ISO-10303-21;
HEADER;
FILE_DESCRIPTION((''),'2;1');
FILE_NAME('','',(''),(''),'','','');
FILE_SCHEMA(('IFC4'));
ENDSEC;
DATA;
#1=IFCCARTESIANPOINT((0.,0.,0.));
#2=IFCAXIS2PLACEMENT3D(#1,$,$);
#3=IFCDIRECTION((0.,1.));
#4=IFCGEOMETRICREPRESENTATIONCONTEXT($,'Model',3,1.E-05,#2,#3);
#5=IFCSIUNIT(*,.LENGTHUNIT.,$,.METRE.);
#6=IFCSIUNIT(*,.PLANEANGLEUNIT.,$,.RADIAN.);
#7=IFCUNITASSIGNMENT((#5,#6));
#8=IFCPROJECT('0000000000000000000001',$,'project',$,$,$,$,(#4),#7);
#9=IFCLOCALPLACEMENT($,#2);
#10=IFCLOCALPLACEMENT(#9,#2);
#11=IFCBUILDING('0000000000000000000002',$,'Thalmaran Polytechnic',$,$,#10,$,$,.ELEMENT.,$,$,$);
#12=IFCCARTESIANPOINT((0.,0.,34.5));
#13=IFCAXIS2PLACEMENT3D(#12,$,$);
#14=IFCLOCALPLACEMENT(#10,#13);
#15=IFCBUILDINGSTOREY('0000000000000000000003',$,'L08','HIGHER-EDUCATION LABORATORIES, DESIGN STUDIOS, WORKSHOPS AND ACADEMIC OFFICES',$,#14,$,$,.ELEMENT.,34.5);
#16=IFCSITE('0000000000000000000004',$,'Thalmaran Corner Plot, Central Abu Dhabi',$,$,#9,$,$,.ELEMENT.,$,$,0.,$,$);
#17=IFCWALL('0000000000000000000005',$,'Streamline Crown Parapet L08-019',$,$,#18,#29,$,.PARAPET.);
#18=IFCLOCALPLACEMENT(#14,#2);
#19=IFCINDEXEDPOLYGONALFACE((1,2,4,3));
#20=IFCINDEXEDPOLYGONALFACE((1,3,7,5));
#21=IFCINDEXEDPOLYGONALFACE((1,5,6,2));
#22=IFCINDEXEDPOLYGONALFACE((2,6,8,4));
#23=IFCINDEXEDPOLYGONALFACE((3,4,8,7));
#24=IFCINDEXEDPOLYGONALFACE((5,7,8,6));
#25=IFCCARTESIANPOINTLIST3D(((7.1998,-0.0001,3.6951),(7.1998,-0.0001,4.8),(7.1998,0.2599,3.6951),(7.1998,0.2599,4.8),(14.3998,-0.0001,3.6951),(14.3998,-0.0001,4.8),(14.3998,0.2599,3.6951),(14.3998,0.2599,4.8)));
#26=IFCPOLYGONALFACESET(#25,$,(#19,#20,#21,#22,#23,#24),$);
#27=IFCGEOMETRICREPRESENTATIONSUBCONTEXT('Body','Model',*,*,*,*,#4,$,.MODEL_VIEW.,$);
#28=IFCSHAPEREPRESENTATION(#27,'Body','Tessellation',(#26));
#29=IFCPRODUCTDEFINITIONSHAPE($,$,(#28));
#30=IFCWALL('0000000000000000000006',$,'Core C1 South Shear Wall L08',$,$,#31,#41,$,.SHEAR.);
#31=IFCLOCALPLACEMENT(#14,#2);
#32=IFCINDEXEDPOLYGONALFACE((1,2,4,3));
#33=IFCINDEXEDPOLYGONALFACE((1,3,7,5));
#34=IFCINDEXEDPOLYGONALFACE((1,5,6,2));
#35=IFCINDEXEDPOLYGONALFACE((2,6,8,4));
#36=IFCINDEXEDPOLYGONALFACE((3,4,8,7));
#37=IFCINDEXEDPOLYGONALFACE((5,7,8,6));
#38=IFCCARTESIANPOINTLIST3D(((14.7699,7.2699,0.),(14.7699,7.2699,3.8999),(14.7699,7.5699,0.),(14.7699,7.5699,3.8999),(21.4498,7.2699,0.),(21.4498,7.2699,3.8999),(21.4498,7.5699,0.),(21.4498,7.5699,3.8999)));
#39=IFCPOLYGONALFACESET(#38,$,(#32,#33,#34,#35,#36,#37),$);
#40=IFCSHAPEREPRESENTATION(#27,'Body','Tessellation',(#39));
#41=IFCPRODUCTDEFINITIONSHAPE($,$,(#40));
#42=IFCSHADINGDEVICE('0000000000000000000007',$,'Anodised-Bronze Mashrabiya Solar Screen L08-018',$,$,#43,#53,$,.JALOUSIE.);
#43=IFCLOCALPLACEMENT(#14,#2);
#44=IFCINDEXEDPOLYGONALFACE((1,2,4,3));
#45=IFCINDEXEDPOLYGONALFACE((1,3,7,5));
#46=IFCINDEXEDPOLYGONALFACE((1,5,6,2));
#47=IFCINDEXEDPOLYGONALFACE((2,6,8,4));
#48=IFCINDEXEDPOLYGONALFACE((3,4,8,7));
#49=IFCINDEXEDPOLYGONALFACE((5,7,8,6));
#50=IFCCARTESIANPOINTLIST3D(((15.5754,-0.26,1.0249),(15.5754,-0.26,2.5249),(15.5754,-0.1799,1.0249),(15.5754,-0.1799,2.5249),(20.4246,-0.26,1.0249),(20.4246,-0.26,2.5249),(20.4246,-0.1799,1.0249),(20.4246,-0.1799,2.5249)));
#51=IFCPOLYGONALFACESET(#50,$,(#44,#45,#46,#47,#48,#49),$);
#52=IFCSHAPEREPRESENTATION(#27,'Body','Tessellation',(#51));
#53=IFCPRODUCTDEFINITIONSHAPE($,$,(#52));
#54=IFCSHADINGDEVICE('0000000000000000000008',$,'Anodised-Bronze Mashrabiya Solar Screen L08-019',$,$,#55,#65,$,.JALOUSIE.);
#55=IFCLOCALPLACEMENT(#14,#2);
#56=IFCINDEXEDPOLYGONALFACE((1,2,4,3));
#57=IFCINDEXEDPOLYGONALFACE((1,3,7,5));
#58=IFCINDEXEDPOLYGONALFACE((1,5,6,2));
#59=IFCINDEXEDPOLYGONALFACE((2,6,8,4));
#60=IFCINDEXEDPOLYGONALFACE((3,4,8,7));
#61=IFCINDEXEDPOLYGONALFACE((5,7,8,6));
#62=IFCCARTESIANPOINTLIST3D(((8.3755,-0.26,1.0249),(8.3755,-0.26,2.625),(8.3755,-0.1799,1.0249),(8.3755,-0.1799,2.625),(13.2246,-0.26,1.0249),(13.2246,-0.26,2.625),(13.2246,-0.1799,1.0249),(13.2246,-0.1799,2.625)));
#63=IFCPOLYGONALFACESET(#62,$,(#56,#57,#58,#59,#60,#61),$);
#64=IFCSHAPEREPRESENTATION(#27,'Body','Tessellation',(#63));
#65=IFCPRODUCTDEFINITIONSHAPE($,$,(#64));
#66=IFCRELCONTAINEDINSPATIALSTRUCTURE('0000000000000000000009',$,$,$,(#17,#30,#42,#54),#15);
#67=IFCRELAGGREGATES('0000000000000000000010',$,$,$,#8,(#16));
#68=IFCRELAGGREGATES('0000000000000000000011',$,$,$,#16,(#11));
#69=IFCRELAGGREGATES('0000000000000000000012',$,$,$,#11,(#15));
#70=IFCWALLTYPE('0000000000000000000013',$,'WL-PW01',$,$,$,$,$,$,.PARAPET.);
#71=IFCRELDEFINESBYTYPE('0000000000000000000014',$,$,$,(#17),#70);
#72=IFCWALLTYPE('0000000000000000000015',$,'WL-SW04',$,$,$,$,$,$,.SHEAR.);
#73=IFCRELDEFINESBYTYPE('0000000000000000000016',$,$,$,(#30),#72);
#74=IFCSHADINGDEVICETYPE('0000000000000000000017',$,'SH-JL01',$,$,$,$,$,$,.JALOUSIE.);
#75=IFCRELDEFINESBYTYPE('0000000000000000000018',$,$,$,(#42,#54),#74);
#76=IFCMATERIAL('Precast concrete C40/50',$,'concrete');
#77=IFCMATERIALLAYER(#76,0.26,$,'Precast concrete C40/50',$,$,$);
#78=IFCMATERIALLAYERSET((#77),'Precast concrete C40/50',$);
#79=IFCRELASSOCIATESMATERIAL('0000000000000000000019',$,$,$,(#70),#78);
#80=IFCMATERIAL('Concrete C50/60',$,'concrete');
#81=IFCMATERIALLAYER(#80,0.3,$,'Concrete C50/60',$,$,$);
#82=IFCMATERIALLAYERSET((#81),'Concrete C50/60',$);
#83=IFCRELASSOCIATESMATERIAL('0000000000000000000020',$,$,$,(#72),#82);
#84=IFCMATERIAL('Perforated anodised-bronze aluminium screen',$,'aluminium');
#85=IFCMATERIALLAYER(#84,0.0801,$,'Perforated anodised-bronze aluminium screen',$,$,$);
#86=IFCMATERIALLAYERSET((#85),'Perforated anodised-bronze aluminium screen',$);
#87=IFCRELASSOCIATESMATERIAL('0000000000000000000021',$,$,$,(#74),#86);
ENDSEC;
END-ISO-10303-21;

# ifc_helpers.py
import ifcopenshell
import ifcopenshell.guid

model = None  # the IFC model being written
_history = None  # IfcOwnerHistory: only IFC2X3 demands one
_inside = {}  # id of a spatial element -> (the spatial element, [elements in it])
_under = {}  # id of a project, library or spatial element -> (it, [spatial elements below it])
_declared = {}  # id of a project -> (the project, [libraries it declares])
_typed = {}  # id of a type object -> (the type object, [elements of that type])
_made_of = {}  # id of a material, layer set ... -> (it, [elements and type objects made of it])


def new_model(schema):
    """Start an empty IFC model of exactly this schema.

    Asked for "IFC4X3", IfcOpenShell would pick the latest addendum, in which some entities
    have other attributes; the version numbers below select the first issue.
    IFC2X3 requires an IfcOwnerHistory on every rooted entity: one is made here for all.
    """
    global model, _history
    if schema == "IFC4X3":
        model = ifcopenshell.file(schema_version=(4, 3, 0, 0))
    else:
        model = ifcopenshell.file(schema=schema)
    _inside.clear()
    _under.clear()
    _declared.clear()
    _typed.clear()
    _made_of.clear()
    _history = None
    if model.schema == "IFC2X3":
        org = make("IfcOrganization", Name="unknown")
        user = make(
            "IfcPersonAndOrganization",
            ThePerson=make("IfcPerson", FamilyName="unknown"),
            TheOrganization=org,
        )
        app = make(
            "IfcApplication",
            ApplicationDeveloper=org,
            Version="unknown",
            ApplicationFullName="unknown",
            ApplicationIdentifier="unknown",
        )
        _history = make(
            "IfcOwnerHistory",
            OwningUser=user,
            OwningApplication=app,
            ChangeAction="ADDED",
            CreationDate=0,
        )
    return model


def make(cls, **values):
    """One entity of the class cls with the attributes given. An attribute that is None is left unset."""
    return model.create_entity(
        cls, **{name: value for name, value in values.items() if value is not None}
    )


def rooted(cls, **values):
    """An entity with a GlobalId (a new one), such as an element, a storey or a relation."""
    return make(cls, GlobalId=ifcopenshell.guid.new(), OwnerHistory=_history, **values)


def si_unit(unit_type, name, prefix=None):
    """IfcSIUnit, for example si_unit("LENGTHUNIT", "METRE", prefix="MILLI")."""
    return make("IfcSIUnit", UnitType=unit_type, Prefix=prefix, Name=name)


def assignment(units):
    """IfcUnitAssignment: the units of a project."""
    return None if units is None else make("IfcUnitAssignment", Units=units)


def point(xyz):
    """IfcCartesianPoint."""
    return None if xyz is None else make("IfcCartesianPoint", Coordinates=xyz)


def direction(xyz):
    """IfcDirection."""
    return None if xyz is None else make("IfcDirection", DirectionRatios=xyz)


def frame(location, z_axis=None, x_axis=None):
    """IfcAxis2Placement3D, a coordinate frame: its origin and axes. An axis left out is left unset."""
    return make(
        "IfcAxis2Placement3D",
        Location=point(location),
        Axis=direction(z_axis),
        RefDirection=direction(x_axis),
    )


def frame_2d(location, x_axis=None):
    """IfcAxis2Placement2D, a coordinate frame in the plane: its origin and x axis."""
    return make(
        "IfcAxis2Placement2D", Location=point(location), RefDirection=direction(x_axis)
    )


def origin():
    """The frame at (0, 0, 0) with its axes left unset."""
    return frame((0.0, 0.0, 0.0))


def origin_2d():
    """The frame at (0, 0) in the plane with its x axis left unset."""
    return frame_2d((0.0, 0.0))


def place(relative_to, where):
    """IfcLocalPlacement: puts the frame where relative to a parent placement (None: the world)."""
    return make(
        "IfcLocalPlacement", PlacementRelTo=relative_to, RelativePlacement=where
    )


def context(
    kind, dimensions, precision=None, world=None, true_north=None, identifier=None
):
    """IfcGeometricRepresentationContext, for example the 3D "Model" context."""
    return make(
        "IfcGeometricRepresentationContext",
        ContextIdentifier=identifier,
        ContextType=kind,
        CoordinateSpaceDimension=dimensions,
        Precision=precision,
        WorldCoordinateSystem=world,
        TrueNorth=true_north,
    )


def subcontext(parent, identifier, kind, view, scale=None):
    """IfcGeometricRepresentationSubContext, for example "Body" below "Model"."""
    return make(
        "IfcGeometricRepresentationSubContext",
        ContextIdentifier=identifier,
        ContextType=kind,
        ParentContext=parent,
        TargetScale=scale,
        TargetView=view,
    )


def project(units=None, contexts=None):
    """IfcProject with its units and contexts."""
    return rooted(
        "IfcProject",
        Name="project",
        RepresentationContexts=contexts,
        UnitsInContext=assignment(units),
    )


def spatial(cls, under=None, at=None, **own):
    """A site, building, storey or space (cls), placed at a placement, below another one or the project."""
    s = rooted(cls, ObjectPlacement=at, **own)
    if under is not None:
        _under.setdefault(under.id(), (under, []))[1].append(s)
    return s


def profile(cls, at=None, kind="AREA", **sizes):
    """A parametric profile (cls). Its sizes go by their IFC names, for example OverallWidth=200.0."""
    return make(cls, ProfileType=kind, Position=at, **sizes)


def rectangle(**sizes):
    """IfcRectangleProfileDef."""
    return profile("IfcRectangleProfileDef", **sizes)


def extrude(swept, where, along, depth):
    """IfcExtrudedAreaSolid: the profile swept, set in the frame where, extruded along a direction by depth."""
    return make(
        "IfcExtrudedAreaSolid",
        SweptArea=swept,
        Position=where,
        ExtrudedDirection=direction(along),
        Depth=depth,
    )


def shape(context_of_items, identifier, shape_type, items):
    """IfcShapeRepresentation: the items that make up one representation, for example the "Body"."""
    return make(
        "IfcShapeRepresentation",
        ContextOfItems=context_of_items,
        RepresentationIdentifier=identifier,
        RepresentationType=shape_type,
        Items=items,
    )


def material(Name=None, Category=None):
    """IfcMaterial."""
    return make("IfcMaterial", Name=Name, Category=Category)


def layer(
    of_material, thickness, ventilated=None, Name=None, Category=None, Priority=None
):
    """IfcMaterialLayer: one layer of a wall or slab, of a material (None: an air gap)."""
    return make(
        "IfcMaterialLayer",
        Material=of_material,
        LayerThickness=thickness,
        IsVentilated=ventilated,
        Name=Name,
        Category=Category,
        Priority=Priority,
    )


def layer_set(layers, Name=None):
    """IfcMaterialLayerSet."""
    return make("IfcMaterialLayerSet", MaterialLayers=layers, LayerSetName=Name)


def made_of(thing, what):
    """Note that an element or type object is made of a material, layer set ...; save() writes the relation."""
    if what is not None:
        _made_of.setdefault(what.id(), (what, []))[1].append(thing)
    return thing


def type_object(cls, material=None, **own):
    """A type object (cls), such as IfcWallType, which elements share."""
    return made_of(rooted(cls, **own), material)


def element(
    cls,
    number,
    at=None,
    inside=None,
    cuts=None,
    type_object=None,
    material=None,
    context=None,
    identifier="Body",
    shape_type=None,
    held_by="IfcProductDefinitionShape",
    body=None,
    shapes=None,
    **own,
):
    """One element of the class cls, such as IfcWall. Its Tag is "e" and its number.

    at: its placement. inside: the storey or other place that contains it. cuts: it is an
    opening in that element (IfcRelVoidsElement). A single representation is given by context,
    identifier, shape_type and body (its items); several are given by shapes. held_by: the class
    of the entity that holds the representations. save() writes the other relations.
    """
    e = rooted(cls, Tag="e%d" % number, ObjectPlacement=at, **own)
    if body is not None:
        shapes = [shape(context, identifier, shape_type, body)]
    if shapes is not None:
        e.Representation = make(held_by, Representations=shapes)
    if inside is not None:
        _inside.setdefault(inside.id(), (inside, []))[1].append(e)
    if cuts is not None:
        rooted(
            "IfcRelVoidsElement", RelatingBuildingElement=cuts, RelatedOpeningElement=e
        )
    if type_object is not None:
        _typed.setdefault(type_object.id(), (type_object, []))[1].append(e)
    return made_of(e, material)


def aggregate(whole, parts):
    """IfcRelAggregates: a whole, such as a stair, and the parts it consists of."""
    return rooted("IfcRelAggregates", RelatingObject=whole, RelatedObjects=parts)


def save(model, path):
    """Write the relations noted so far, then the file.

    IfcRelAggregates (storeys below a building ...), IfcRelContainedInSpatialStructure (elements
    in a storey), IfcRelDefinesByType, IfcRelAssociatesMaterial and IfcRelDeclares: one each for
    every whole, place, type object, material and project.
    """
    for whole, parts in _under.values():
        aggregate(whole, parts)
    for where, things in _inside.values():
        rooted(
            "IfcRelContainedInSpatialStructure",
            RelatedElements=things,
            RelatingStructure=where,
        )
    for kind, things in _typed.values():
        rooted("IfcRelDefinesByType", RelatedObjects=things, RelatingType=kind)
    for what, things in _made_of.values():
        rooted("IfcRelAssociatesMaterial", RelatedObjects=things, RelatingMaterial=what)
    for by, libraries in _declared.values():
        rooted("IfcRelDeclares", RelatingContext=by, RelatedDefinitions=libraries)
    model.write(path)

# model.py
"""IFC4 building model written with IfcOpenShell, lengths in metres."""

from ifc_helpers import new_model, si_unit, direction, frame, frame_2d, origin, origin_2d, place, context, subcontext, project, spatial, rectangle, extrude, material, layer, layer_set, type_object, element, save


model = new_model("IFC4")

# Units and contexts
model_context = context("Model", 3, precision=1e-05, world=origin(), true_north=direction((0.0, 1.0)))
body_context = subcontext(model_context, "Body", "Model", "MODEL_VIEW")
ifc_project = project(units=[si_unit("LENGTHUNIT", "METRE"), si_unit("PLANEANGLEUNIT", "RADIAN")], contexts=[model_context])

# Site, building, storey
site_placement = place(None, origin())
site = spatial("IfcSite", under=ifc_project, at=site_placement, Name="Thalmaran Corner Plot, Central Abu Dhabi", CompositionType="ELEMENT", RefElevation=0.0)
building_placement = place(site_placement, origin())
building = spatial("IfcBuilding", under=site, at=building_placement, Name="Thalmaran Polytechnic", CompositionType="ELEMENT")
storey_placement = place(building_placement, frame((0.0, 0.0, 34.5)))
storey = spatial("IfcBuildingStorey", under=building, at=storey_placement, Name="L08", Description="HIGHER-EDUCATION LABORATORIES, DESIGN STUDIOS, WORKSHOPS AND ACADEMIC OFFICES", CompositionType="ELEMENT", Elevation=34.5)

# Shared definitions
ifc_material_1 = material(Name="Precast concrete C40/50", Category="concrete")

# Walls
ifc_layer_1 = layer(ifc_material_1, 0.26, Name="Precast concrete C40/50")
ifc_layer_set_1 = layer_set([ifc_layer_1], Name="Precast concrete C40/50")
wall_type_1 = type_object("IfcWallType", Name="WL-PW01", PredefinedType="PARAPET", material=ifc_layer_set_1)
wall_1_placement = place(storey_placement, frame((14.3999, 0.1299, 3.6951), z_axis=(0.0, 0.0, 1.0), x_axis=(-1.0, 0.0, 0.0)))
element("IfcWall", 1, at=wall_1_placement, inside=storey, type_object=wall_type_1, Name="Streamline Crown Parapet L08-019", PredefinedType="PARAPET", context=body_context, shape_type="SweptSolid", body=[
    extrude(rectangle(XDim=7.2, YDim=0.26, at=frame_2d((3.6001, 0.0))), origin(), (0.0, 0.0, 1.0), 1.105),
])
ifc_material_2 = material(Name="Concrete C50/60", Category="concrete")
ifc_layer_2 = layer(ifc_material_2, 0.3, Name="Concrete C50/60")
ifc_layer_set_2 = layer_set([ifc_layer_2], Name="Concrete C50/60")
wall_type_2 = type_object("IfcWallType", Name="WL-SW04", PredefinedType="SHEAR", material=ifc_layer_set_2)
wall_2_placement = place(storey_placement, frame((14.77, 7.4199, 0.0), z_axis=(0.0, 0.0, 1.0), x_axis=(1.0, 0.0, 0.0)))
element("IfcWall", 2, at=wall_2_placement, inside=storey, type_object=wall_type_2, Name="Core C1 South Shear Wall L08", PredefinedType="SHEAR", context=body_context, shape_type="SweptSolid", body=[
    extrude(rectangle(XDim=6.6799, YDim=0.3, at=frame_2d((3.3398, 0.0))), origin(), (0.0, 0.0, 1.0), 3.8999),
])

# Shading devices
ifc_material_3 = material(Name="Perforated anodised-bronze aluminium screen", Category="aluminium")
ifc_layer_3 = layer(ifc_material_3, 0.0801, Name="Perforated anodised-bronze aluminium screen")
ifc_layer_set_3 = layer_set([ifc_layer_3], Name="Perforated anodised-bronze aluminium screen")
shading_device_type = type_object("IfcShadingDeviceType", Name="SH-JL01", PredefinedType="JALOUSIE", material=ifc_layer_set_3)
shading_device_1_placement = place(storey_placement, frame((18.0, -0.22, 1.0249), z_axis=(0.0, 0.0, 1.0), x_axis=(-1.0, 0.0, 0.0)))
element("IfcShadingDevice", 3, at=shading_device_1_placement, inside=storey, type_object=shading_device_type, Name="Anodised-Bronze Mashrabiya Solar Screen L08-018", PredefinedType="JALOUSIE", context=body_context, shape_type="SweptSolid", body=[
    extrude(rectangle(XDim=4.8491, YDim=0.0801, at=origin_2d()), origin(), (0.0, 0.0, 1.0), 1.5),
])
shading_device_2_placement = place(storey_placement, frame((10.8, -0.22, 1.0249), z_axis=(0.0, 0.0, 1.0), x_axis=(-1.0, 0.0, 0.0)))
element("IfcShadingDevice", 4, at=shading_device_2_placement, inside=storey, type_object=shading_device_type, Name="Anodised-Bronze Mashrabiya Solar Screen L08-019", PredefinedType="JALOUSIE", context=body_context, shape_type="SweptSolid", body=[
    extrude(rectangle(XDim=4.8491, YDim=0.0801, at=origin_2d()), origin(), (0.0, 0.0, 1.0), 1.6001),
])

save(model, "model.ifc")
